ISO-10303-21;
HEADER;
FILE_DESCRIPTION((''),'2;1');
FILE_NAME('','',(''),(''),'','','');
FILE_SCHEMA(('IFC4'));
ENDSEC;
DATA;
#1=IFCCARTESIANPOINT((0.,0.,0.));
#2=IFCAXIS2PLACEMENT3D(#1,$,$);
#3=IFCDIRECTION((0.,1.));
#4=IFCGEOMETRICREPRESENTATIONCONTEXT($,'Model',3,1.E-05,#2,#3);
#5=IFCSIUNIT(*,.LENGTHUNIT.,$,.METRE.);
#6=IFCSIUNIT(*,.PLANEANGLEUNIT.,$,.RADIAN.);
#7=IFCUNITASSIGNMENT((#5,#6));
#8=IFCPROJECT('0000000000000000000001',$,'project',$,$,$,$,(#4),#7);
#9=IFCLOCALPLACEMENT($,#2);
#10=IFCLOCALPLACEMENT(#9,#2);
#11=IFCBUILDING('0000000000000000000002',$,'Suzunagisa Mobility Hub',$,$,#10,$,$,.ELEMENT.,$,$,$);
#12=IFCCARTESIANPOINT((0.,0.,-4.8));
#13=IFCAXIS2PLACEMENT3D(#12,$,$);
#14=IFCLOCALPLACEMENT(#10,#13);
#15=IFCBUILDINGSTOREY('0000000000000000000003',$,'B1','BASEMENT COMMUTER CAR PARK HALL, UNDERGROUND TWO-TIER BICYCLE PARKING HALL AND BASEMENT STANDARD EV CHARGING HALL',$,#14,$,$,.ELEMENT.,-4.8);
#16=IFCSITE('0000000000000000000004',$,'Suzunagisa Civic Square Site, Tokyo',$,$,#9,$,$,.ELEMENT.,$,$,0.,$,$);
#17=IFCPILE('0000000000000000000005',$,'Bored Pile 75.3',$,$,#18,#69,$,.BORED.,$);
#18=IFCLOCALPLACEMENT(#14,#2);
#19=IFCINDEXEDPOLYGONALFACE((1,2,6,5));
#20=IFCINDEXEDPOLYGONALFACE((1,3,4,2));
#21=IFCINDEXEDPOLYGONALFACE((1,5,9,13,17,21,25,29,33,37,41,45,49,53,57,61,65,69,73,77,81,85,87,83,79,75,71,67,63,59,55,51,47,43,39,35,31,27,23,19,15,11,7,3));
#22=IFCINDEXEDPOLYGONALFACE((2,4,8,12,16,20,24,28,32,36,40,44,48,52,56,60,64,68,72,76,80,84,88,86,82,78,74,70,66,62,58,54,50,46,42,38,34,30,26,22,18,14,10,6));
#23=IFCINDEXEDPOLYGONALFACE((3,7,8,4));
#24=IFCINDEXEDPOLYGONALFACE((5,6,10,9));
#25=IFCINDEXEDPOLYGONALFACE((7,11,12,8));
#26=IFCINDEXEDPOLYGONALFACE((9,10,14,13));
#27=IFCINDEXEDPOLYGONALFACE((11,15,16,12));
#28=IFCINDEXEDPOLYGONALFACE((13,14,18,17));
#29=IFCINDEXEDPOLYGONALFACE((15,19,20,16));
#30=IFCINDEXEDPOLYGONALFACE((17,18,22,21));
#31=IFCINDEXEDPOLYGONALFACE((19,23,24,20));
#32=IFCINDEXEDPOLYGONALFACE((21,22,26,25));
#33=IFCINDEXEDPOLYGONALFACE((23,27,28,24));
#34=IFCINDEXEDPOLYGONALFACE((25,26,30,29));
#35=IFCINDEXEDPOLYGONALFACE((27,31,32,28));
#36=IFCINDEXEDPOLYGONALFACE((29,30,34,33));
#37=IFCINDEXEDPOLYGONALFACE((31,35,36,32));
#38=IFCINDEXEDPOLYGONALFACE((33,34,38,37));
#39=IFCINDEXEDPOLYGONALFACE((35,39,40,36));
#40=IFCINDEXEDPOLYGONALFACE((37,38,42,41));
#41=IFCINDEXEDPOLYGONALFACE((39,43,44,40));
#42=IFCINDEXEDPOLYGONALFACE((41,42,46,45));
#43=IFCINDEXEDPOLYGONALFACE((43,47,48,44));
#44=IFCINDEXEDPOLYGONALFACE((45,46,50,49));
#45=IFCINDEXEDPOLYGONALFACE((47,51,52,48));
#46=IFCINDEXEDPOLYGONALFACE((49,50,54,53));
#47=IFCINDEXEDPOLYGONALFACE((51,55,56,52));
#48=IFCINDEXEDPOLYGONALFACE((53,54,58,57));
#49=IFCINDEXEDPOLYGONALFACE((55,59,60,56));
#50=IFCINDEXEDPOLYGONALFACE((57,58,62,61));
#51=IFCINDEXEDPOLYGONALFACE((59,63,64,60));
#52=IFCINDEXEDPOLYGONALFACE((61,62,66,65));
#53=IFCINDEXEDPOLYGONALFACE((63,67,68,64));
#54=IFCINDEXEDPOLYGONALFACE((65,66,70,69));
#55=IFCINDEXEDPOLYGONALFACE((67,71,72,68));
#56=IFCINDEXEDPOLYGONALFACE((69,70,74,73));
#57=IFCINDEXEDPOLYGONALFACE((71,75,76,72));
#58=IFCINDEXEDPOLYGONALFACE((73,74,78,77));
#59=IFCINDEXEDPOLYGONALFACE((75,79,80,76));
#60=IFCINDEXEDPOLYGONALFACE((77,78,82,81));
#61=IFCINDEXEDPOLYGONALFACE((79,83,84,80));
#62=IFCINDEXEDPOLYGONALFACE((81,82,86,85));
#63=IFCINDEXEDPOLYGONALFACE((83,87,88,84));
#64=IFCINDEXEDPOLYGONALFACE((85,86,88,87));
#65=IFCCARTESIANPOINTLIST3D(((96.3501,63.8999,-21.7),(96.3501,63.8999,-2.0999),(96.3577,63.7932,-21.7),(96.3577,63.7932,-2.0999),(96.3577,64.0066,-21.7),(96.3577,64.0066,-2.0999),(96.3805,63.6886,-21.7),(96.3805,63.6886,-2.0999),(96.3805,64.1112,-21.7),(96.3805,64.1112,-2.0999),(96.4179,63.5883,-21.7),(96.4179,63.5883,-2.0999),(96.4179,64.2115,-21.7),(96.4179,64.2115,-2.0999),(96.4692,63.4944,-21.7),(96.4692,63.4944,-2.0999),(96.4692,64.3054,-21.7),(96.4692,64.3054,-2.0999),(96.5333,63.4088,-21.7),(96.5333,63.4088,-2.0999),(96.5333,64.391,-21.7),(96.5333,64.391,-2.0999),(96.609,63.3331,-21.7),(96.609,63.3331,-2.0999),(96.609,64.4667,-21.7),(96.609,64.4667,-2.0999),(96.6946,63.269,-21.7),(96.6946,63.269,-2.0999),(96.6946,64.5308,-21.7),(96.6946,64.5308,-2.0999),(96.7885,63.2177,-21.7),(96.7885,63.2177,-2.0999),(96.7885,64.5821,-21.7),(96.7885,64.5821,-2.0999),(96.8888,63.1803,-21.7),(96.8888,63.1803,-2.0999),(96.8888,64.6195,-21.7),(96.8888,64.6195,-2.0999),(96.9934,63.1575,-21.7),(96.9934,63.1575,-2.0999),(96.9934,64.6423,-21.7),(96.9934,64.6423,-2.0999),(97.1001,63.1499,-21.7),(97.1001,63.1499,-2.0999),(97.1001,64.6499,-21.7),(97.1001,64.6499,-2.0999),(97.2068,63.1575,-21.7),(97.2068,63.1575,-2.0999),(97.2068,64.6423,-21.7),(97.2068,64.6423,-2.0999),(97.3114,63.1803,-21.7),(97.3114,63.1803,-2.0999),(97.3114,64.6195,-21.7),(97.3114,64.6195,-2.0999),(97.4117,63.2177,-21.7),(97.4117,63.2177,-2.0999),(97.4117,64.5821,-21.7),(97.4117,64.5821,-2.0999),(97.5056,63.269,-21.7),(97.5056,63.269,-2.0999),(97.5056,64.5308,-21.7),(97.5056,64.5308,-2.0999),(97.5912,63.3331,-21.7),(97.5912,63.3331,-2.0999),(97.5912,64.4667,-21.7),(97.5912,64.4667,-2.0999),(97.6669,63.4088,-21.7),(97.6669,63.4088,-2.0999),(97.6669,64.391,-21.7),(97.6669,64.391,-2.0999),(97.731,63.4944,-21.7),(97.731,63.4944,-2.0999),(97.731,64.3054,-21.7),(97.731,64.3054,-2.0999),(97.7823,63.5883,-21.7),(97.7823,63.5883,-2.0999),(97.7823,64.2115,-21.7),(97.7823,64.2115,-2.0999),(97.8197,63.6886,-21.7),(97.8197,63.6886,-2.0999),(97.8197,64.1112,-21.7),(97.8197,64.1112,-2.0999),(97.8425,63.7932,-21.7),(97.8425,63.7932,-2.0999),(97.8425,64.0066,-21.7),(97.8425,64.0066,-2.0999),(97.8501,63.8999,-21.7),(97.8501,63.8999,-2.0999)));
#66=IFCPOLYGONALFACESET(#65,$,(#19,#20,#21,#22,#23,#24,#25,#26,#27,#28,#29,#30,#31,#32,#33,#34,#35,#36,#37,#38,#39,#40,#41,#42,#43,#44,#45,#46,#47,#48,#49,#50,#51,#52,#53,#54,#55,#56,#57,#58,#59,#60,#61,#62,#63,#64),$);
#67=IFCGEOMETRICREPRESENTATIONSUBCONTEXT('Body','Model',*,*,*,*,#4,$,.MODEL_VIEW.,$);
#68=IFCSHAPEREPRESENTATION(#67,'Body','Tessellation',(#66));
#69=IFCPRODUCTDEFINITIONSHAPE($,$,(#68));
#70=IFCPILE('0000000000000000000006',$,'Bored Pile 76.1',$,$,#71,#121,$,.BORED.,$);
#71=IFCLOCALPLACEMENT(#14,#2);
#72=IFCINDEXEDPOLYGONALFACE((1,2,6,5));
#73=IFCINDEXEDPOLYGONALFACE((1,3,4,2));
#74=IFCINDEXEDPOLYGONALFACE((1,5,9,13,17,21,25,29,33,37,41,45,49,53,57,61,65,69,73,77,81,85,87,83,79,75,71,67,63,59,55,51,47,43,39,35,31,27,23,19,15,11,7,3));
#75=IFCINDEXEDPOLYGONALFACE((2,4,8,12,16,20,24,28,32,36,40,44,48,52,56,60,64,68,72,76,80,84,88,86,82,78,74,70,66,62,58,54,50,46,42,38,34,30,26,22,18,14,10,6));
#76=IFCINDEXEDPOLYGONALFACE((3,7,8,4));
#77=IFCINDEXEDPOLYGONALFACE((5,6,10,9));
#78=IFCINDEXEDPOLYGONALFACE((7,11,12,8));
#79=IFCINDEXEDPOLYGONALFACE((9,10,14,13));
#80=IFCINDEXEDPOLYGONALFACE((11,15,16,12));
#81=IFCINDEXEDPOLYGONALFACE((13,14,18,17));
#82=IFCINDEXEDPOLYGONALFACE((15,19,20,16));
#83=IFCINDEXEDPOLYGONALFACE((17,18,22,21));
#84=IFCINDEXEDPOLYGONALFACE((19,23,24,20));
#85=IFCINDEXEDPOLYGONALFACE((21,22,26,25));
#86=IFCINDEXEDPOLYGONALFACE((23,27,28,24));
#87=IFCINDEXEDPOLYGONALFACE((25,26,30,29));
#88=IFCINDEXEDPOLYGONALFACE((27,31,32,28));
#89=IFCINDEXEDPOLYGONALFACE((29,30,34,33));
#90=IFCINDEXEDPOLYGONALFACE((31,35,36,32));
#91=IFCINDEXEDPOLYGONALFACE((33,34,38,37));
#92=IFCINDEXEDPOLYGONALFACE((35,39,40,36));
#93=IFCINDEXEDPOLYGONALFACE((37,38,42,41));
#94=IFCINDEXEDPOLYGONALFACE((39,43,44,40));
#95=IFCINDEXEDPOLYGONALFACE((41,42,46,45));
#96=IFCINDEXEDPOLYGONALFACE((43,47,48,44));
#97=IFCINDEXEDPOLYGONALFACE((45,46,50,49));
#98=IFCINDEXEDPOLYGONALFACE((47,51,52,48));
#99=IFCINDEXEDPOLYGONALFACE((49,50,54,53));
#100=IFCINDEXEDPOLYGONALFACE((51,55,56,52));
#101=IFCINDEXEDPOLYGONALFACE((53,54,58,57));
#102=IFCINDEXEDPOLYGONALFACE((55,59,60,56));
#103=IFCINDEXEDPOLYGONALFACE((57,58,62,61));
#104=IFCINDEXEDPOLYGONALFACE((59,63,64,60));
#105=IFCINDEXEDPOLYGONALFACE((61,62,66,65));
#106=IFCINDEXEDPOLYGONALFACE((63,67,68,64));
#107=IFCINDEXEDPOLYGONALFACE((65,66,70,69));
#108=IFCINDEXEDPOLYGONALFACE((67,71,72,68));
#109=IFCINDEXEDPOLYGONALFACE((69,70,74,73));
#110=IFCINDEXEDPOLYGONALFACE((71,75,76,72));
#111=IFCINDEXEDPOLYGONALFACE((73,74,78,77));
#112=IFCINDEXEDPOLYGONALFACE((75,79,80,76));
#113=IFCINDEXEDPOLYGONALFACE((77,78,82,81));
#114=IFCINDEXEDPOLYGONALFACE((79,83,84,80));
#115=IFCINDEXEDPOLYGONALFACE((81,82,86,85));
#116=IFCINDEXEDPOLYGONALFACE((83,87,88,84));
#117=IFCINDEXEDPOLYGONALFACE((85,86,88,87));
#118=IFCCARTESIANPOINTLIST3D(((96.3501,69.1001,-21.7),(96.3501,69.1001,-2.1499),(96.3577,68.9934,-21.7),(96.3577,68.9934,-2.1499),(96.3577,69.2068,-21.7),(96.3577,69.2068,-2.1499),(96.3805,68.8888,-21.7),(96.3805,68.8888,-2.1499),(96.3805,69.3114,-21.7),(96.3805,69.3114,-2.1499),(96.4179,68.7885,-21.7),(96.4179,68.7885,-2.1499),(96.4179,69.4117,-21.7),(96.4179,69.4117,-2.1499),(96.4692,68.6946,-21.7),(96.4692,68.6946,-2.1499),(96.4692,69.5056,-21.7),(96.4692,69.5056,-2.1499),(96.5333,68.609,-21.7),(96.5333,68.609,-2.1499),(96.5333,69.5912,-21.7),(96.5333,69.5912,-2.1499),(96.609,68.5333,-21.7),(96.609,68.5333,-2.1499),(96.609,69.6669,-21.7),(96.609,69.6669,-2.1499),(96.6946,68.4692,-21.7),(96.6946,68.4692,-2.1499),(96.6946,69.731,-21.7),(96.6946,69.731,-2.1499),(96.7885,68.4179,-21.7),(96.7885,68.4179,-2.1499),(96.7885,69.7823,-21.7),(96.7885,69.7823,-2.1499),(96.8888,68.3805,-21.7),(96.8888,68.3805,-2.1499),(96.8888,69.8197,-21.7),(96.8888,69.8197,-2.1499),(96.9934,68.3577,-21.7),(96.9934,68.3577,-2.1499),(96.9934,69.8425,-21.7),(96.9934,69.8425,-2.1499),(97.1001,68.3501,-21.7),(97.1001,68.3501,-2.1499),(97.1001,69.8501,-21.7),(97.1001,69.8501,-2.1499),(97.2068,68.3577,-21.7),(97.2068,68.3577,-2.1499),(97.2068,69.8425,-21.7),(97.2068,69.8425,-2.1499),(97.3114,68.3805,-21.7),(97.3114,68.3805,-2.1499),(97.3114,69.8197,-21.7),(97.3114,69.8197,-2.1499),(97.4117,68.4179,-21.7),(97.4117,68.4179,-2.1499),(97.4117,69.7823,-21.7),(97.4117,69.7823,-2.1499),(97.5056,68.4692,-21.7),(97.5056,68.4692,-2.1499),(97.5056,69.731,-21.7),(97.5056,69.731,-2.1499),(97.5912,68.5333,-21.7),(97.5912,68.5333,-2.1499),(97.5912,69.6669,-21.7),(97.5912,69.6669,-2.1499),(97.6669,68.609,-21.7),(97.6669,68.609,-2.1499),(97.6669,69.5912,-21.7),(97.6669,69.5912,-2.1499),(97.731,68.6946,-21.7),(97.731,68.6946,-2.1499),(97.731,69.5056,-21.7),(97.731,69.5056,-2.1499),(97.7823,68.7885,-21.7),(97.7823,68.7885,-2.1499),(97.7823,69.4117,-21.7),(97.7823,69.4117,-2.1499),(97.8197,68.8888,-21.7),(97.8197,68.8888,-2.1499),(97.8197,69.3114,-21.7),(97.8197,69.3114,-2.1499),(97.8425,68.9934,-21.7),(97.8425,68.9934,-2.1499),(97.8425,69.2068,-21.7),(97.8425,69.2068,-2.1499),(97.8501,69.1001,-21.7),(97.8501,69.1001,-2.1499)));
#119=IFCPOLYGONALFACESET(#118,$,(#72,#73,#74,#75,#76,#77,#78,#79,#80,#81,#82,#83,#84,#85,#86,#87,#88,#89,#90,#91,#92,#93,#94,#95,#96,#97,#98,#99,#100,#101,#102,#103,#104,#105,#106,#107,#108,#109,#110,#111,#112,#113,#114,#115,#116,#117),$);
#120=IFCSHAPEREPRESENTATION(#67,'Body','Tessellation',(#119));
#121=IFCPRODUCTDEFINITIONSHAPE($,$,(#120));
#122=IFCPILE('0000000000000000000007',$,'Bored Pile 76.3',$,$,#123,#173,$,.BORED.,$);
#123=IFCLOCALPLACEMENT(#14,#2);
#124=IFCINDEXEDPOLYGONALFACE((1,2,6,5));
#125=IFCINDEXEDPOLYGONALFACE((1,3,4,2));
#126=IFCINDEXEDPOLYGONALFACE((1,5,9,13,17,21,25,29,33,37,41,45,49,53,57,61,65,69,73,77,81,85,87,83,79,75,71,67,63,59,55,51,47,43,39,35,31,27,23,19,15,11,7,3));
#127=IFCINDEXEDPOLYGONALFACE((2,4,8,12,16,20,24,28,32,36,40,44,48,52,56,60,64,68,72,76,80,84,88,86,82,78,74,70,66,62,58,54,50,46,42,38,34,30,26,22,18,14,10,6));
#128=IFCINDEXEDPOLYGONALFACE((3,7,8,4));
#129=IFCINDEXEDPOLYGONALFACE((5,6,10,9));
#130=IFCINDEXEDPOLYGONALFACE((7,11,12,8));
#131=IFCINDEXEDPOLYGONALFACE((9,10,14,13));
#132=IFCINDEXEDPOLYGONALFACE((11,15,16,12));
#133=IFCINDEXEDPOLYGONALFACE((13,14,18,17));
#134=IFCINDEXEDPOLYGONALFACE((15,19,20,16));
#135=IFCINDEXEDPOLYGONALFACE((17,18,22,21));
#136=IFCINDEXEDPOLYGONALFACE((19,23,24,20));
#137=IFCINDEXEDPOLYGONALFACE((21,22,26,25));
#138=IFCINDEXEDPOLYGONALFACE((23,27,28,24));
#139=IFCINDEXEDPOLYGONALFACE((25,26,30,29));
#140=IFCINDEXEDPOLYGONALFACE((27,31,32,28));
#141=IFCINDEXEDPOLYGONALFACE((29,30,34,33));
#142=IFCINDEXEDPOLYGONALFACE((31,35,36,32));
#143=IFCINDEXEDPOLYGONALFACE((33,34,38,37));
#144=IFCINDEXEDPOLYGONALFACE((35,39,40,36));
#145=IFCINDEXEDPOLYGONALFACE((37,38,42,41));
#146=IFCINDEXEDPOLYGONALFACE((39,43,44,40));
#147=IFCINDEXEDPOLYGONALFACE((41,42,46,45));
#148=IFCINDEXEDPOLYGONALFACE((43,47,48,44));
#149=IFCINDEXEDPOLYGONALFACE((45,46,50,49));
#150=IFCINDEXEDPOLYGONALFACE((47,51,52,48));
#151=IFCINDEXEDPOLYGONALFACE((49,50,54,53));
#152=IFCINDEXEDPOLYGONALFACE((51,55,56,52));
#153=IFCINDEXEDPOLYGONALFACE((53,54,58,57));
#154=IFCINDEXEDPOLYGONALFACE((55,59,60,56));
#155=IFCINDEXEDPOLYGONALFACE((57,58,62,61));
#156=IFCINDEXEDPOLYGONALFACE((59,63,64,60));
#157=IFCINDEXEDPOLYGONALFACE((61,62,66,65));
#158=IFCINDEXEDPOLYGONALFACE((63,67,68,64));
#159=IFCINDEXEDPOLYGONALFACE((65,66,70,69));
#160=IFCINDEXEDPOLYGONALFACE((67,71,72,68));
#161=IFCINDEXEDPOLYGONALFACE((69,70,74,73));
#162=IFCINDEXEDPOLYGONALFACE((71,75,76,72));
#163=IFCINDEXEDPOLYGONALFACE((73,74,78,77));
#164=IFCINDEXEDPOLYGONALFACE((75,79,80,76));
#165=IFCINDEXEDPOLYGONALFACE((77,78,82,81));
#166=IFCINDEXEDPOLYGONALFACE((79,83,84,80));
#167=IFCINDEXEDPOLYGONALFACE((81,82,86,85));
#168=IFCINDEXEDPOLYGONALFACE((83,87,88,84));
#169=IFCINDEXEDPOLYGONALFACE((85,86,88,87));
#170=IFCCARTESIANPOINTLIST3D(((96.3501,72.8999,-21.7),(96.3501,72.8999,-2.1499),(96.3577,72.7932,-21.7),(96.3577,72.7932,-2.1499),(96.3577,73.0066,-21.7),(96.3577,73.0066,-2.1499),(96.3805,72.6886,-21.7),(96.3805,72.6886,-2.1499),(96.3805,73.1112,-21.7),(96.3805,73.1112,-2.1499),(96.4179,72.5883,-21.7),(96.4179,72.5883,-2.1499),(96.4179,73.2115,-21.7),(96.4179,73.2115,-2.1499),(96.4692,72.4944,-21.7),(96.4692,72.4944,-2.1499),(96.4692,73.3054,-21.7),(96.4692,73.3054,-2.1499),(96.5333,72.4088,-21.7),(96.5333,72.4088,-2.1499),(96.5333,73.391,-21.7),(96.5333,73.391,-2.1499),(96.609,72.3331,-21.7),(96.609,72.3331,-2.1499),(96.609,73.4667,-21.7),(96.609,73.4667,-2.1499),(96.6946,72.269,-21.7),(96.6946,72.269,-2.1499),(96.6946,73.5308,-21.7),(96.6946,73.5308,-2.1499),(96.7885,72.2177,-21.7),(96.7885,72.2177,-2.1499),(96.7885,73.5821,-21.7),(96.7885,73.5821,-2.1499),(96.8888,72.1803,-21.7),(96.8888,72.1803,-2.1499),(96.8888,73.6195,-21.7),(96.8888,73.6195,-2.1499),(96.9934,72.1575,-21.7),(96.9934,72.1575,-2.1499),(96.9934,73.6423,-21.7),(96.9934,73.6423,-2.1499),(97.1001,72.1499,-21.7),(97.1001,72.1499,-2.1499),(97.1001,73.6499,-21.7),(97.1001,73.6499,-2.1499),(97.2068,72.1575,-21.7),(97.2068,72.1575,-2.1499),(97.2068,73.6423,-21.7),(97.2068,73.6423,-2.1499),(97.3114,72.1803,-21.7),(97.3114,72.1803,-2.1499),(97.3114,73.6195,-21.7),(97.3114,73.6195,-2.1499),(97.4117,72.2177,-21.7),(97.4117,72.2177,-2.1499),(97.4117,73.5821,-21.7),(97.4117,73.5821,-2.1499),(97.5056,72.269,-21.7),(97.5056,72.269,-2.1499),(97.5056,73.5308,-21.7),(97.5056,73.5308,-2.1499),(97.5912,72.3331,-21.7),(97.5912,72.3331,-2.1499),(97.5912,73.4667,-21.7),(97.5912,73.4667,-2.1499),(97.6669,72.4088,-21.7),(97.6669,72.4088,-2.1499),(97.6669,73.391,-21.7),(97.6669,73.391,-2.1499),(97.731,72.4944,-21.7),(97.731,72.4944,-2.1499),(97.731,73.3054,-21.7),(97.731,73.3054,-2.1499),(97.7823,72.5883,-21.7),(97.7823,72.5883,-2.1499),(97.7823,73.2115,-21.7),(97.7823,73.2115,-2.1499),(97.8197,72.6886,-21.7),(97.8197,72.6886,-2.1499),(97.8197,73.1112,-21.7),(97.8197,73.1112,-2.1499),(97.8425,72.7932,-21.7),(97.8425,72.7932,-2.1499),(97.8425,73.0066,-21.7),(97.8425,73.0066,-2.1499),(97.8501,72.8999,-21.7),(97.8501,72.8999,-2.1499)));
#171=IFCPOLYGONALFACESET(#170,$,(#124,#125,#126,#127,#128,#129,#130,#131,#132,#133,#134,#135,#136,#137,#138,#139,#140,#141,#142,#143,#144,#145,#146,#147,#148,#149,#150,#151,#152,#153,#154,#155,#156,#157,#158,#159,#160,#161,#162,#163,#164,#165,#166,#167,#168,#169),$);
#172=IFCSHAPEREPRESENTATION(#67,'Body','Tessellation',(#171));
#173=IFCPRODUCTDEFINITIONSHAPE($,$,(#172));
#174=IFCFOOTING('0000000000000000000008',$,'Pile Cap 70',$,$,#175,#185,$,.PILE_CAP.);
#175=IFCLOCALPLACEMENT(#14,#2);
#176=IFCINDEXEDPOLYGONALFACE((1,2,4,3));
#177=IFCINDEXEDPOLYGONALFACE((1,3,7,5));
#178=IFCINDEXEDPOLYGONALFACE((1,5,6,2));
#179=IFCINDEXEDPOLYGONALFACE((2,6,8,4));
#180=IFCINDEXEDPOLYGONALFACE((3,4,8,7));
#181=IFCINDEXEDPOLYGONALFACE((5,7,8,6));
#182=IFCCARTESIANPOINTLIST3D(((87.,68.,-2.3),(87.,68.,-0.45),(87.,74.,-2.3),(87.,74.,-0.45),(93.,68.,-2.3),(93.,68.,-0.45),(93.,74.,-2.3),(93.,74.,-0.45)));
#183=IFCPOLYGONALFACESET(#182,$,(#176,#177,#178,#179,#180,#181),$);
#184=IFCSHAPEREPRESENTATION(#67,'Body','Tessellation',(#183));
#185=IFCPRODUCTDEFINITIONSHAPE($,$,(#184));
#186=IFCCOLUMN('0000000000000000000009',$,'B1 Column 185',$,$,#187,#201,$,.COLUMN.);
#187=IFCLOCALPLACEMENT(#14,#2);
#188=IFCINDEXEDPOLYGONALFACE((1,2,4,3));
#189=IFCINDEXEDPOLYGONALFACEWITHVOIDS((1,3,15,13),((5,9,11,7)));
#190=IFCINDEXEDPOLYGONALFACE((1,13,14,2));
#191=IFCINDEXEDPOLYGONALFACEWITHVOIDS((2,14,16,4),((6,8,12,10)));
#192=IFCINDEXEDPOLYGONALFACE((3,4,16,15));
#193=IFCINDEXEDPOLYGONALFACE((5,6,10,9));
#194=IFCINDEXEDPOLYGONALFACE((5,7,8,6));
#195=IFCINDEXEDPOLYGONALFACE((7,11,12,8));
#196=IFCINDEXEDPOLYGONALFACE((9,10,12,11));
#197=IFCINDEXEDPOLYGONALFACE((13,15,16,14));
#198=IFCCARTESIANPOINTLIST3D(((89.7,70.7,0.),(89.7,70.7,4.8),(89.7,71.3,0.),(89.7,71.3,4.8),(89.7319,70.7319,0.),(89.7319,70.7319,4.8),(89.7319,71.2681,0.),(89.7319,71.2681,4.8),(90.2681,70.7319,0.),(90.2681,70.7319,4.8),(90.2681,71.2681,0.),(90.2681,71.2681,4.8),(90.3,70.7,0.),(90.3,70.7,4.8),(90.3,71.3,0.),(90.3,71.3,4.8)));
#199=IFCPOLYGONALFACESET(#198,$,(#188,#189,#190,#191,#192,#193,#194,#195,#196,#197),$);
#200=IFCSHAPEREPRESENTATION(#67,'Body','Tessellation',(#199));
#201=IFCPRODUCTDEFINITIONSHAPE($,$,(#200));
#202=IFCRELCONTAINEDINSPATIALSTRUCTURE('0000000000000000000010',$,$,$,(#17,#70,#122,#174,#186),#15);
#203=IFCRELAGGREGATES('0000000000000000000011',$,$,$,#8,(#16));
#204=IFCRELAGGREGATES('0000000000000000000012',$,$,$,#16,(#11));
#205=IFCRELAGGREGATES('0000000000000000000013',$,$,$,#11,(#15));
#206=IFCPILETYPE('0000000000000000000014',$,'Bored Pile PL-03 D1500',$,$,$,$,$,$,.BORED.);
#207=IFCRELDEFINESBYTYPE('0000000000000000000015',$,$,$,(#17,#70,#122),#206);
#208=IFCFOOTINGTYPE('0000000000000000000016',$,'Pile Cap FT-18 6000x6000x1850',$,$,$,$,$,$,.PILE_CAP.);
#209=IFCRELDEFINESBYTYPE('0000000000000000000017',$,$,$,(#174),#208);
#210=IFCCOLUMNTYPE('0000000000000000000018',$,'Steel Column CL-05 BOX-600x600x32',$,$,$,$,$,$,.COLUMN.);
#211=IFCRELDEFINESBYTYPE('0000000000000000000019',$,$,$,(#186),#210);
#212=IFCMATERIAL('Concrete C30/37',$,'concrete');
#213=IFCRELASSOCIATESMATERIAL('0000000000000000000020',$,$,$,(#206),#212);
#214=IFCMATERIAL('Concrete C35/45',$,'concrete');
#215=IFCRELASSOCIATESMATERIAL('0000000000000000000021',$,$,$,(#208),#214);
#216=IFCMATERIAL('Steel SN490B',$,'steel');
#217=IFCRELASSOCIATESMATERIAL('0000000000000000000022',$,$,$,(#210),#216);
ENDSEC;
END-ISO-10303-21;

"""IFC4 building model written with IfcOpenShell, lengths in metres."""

from ifc_helpers import new_model, si_unit, direction, frame, origin, origin_2d, place, context, subcontext, project, spatial, rectangle, hollow_rectangle, circle, extrude, material, material_profile, profile_set, type_object, element, save


model = new_model("IFC4")

# Units and contexts
model_context = context("Model", 3, precision=1e-05, world=origin(), true_north=direction((0.0, 1.0)))
body_context = subcontext(model_context, "Body", "Model", "MODEL_VIEW")
ifc_project = project(units=[si_unit("LENGTHUNIT", "METRE"), si_unit("PLANEANGLEUNIT", "RADIAN")], contexts=[model_context])

# Site, building, storey
site_placement = place(None, origin())
site = spatial("IfcSite", under=ifc_project, at=site_placement, Name="Suzunagisa Civic Square Site, Tokyo", CompositionType="ELEMENT", RefElevation=0.0)
building_placement = place(site_placement, origin())
building = spatial("IfcBuilding", under=site, at=building_placement, Name="Suzunagisa Mobility Hub", CompositionType="ELEMENT")
storey_placement = place(building_placement, frame((0.0, 0.0, -4.8)))
storey = spatial("IfcBuildingStorey", under=building, at=storey_placement, Name="B1", Description="BASEMENT COMMUTER CAR PARK HALL, UNDERGROUND TWO-TIER BICYCLE PARKING HALL AND BASEMENT STANDARD EV CHARGING HALL", CompositionType="ELEMENT", Elevation=-4.8)

# Piles
ifc_material_1 = material(Name="Concrete C30/37", Category="concrete")
ifc_material_profile_1 = material_profile(ifc_material_1, circle(Radius=0.75, at=origin_2d()), Name="BORED PILE D1500")
ifc_profile_set_1 = profile_set([ifc_material_profile_1], Name="Concrete C30/37")
pile_type_1 = type_object("IfcPileType", Name="Bored Pile PL-03 D1500", PredefinedType="BORED", material=ifc_profile_set_1)
pile_placement = place(storey_placement, frame((97.1001, 63.8999, -2.0999), z_axis=(0.0, 0.0, -1.0), x_axis=(1.0, 0.0, 0.0)))
element("IfcPile", 1, at=pile_placement, inside=storey, type_object=pile_type_1, Name="Bored Pile 75.3", PredefinedType="BORED", context=body_context, shape_type="SweptSolid", body=[
    extrude(circle(Radius=0.75, at=origin_2d()), origin(), (0.0, 0.0, 1.0), 19.6001),
])
for number, where, z_axis, x_axis, name in (
    (2, (97.1001, 69.1001, -2.1499), (0.0, 0.0, -1.0), (1.0, 0.0, 0.0), "Bored Pile 76.1"),
    (3, (97.1001, 72.8999, -2.1499), (0.0, 0.0, -1.0), (1.0, 0.0, 0.0), "Bored Pile 76.3"),
):
    element("IfcPile", number, at=place(storey_placement, frame(where, z_axis=z_axis, x_axis=x_axis)), inside=storey, type_object=pile_type_1, Name=name, PredefinedType="BORED", context=body_context, shape_type="SweptSolid", body=[
        extrude(circle(Radius=0.75, at=origin_2d()), origin(), (0.0, 0.0, 1.0), 19.55),
    ])

# Footing
ifc_material_2 = material(Name="Concrete C35/45", Category="concrete")
footing_type = type_object("IfcFootingType", Name="Pile Cap FT-18 6000x6000x1850", PredefinedType="PILE_CAP", material=ifc_material_2)
footing_placement = place(storey_placement, frame((90.0, 71.0, -2.3), z_axis=(0.0, 0.0, 1.0), x_axis=(1.0, 0.0, 0.0)))
element("IfcFooting", 4, at=footing_placement, inside=storey, type_object=footing_type, Name="Pile Cap 70", PredefinedType="PILE_CAP", context=body_context, shape_type="SweptSolid", body=[
    extrude(rectangle(XDim=6.0, YDim=6.0, at=origin_2d()), origin(), (0.0, 0.0, 1.0), 1.8501),
])

# Column
ifc_material_3 = material(Name="Steel SN490B", Category="steel")
ifc_material_profile_2 = material_profile(ifc_material_3, hollow_rectangle(XDim=0.6001, YDim=0.6001, WallThickness=0.032, at=origin_2d()), Name="BOX-600x600x32")
ifc_profile_set_2 = profile_set([ifc_material_profile_2], Name="Steel SN490B")
column_type = type_object("IfcColumnType", Name="Steel Column CL-05 BOX-600x600x32", PredefinedType="COLUMN", material=ifc_profile_set_2)
column_placement = place(storey_placement, frame((90.0, 71.0, 0.0), z_axis=(0.0, 0.0, 1.0), x_axis=(1.0, 0.0, 0.0)))
element("IfcColumn", 5, at=column_placement, inside=storey, type_object=column_type, Name="B1 Column 185", PredefinedType="COLUMN", context=body_context, shape_type="SweptSolid", body=[
    extrude(hollow_rectangle(XDim=0.6001, YDim=0.6001, WallThickness=0.032, at=origin_2d()), origin(), (0.0, 0.0, 1.0), 4.8),
])

save(model, "model.ifc")
